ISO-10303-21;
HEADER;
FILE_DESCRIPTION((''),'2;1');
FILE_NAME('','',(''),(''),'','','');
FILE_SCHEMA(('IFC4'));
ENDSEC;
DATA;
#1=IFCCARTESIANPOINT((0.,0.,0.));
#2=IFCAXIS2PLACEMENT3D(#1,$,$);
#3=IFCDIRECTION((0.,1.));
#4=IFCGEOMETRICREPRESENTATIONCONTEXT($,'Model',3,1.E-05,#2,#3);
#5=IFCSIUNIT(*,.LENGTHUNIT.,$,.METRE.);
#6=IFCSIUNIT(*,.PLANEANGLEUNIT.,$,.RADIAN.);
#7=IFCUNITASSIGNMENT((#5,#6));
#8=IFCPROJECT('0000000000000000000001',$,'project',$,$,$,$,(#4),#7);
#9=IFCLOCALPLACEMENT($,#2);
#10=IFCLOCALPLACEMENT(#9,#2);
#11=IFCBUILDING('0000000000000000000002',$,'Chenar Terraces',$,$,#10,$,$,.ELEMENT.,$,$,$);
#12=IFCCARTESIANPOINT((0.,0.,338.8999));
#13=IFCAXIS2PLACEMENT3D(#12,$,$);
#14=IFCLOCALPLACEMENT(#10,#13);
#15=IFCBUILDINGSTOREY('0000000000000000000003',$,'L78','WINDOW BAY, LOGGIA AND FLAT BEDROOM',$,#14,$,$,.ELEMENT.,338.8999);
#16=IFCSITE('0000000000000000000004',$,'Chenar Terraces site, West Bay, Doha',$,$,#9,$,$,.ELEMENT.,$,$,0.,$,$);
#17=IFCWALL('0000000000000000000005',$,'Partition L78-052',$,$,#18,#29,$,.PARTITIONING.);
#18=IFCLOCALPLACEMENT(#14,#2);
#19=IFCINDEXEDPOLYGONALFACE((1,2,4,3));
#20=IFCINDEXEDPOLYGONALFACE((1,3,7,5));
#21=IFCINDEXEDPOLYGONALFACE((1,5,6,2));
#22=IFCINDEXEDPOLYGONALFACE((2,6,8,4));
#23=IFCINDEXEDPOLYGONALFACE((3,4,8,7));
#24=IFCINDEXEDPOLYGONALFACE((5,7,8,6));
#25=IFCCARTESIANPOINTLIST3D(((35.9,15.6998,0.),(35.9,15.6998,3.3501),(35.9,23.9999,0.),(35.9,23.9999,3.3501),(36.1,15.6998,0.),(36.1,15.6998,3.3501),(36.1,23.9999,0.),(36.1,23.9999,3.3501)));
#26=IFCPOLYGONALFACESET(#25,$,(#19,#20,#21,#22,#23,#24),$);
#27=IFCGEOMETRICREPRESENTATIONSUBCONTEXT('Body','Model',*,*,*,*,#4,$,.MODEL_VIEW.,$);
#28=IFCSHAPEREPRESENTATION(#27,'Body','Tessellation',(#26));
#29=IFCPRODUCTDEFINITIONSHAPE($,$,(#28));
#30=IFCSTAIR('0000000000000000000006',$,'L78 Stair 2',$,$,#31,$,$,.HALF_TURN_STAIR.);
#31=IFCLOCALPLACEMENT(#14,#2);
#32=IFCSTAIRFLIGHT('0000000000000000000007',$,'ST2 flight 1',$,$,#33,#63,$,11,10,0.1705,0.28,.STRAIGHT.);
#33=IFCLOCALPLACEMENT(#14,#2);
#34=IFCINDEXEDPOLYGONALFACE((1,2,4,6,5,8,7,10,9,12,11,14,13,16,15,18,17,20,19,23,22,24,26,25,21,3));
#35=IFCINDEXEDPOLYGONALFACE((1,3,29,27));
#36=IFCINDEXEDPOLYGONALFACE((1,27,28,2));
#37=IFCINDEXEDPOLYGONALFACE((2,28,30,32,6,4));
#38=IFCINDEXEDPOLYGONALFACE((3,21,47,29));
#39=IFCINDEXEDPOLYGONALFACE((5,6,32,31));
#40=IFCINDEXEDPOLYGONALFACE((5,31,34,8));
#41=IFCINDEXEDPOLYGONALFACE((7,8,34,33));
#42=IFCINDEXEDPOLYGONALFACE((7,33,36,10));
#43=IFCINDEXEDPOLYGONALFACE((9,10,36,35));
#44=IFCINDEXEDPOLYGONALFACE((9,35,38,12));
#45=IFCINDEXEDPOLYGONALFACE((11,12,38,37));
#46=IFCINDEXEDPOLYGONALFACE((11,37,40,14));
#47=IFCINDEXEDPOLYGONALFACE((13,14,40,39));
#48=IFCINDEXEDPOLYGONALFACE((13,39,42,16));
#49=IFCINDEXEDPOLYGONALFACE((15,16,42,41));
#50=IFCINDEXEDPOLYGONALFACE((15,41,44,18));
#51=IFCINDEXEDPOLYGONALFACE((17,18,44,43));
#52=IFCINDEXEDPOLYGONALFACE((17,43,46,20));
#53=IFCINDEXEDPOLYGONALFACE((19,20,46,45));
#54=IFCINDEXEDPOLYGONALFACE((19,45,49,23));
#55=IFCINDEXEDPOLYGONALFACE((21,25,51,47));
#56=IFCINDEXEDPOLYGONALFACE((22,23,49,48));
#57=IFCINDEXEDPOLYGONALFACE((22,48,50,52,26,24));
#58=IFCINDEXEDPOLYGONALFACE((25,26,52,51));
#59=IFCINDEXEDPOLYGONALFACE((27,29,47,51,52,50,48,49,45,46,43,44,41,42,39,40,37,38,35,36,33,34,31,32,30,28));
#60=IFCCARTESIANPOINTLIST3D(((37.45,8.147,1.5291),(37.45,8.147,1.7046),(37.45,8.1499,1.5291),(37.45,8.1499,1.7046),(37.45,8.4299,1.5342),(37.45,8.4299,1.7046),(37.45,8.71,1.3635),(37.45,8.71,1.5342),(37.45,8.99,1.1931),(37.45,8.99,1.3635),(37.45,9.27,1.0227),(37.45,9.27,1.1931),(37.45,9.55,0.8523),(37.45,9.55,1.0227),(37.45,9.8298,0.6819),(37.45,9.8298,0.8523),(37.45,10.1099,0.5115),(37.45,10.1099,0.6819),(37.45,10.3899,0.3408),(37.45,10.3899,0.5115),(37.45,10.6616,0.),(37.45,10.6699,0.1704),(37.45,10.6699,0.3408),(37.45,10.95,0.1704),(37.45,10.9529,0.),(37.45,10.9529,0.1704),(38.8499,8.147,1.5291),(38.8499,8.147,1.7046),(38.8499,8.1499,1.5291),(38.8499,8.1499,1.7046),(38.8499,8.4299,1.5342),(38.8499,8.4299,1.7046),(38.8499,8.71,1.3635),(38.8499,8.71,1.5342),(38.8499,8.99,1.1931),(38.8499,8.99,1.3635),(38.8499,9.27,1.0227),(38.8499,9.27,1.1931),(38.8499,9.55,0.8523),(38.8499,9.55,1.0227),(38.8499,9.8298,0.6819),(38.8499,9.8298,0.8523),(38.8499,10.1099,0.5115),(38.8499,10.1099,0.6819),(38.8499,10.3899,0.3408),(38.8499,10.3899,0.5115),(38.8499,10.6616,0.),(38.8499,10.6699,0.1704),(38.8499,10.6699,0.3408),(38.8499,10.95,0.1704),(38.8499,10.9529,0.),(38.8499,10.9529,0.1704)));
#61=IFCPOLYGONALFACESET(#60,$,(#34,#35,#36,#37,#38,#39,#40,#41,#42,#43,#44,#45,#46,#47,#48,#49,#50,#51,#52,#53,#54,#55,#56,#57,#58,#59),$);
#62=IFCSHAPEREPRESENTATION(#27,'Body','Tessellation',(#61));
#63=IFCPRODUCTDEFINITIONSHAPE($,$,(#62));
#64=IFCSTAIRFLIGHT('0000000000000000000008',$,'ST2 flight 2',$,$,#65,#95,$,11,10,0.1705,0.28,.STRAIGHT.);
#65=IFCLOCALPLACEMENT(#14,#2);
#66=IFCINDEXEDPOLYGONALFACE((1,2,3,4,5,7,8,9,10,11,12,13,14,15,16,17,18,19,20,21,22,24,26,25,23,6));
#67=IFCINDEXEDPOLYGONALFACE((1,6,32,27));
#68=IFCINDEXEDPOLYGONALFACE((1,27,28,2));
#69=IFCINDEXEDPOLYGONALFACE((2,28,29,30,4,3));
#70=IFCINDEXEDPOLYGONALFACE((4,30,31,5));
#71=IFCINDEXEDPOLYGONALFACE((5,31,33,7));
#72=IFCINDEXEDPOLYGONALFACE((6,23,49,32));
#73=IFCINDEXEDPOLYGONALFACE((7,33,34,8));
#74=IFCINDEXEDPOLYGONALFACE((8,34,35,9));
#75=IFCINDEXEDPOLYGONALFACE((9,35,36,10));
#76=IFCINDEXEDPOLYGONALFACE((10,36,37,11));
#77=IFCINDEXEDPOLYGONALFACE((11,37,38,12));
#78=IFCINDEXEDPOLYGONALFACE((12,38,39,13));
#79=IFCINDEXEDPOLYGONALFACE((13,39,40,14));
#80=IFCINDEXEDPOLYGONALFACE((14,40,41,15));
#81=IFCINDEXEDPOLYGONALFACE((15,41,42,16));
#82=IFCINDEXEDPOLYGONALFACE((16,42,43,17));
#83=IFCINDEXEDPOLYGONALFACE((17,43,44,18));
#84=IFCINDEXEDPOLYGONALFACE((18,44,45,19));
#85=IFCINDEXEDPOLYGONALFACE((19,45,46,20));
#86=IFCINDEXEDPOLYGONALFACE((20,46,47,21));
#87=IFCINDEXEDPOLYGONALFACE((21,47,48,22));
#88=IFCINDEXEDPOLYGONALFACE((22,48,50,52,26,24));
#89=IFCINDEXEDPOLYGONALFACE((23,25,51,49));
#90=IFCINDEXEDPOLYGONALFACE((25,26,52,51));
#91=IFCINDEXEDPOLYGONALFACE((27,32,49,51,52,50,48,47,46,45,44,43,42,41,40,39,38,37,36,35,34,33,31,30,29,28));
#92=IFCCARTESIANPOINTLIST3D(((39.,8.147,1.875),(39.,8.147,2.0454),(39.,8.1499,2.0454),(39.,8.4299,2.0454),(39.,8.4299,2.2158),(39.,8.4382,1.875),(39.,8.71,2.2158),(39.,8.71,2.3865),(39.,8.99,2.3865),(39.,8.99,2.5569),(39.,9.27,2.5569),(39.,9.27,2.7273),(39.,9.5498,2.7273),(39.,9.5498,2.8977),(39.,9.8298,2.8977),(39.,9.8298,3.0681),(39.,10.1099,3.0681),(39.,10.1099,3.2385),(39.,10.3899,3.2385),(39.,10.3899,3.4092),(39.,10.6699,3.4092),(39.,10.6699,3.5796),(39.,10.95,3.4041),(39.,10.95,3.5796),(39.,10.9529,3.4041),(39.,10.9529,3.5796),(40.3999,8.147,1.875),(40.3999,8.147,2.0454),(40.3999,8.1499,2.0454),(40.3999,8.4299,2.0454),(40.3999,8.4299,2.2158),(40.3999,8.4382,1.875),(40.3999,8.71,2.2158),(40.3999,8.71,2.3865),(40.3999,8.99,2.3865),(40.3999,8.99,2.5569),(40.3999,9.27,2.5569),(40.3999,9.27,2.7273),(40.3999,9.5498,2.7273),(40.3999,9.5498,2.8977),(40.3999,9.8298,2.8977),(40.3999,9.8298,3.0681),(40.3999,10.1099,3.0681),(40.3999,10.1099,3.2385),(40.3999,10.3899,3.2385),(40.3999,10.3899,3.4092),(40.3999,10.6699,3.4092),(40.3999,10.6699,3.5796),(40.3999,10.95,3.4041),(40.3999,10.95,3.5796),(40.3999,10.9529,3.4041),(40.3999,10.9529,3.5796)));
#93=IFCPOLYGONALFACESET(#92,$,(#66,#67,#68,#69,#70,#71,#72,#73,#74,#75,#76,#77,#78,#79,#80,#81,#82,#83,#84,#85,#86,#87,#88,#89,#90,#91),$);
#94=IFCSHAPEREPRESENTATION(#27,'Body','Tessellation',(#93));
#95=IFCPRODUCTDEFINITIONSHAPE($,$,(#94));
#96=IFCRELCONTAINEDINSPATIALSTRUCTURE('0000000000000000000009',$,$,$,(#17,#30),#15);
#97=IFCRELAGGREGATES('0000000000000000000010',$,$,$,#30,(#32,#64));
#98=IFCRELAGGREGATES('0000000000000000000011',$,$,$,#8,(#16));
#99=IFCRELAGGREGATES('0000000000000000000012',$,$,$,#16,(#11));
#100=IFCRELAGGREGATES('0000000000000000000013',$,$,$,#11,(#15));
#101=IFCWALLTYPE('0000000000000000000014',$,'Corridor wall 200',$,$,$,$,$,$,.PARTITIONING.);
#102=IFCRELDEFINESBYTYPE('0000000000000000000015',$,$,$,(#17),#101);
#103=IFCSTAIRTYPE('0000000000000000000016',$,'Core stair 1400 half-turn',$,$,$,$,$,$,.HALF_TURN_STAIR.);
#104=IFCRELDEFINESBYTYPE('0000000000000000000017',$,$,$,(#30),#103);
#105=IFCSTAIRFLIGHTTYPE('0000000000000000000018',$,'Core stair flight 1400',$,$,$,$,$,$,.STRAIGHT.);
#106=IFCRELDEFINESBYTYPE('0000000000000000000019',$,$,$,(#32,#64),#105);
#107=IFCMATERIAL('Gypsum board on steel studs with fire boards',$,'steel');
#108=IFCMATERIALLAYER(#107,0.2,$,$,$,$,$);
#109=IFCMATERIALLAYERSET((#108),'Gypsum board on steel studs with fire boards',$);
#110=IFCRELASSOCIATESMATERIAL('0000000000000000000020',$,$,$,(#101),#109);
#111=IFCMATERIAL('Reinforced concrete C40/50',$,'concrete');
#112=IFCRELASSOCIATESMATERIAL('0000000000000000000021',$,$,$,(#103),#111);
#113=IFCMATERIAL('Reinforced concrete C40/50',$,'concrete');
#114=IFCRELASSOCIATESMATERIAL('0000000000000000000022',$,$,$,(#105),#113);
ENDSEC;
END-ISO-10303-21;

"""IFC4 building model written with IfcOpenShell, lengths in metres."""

from ifc_helpers import new_model, si_unit, direction, frame, frame_2d, origin, place, context, subcontext, project, spatial, polyline, rectangle, outline, extrude, material, layer, layer_set, type_object, element, aggregate, save


model = new_model("IFC4")

# Units and contexts
model_context = context("Model", 3, precision=1e-05, world=origin(), true_north=direction((0.0, 1.0)))
body_context = subcontext(model_context, "Body", "Model", "MODEL_VIEW")
ifc_project = project(units=[si_unit("LENGTHUNIT", "METRE"), si_unit("PLANEANGLEUNIT", "RADIAN")], contexts=[model_context])

# Site, building, storey
site_placement = place(None, origin())
site = spatial("IfcSite", under=ifc_project, at=site_placement, Name="Chenar Terraces site, West Bay, Doha", CompositionType="ELEMENT", RefElevation=0.0)
building_placement = place(site_placement, origin())
building = spatial("IfcBuilding", under=site, at=building_placement, Name="Chenar Terraces", CompositionType="ELEMENT")
storey_placement = place(building_placement, frame((0.0, 0.0, 338.8999)))
storey = spatial("IfcBuildingStorey", under=building, at=storey_placement, Name="L78", Description="WINDOW BAY, LOGGIA AND FLAT BEDROOM", CompositionType="ELEMENT", Elevation=338.8999)

# Shared definitions
ifc_material_1 = material(Name="Gypsum board on steel studs with fire boards", Category="steel")
ifc_layer_1 = layer(ifc_material_1, 0.2)
ifc_layer_set_1 = layer_set([ifc_layer_1], Name="Gypsum board on steel studs with fire boards")
wall_type_1 = type_object("IfcWallType", Name="Corridor wall 200", PredefinedType="PARTITIONING", material=ifc_layer_set_1)

# Wall
wall_1_placement = place(storey_placement, frame((36.0, 15.7, 0.0), z_axis=(0.0, 0.0, 1.0), x_axis=(0.0, 1.0, 0.0)))
element("IfcWall", 1, at=wall_1_placement, inside=storey, type_object=wall_type_1, Name="Partition L78-052", PredefinedType="PARTITIONING", context=body_context, shape_type="SweptSolid", body=[
    extrude(rectangle(XDim=8.3, YDim=0.2, at=frame_2d((4.1499, 0.0))), origin(), (0.0, 0.0, 1.0), 3.3501),
])

# Stair, stair flights
ifc_material_2 = material(Name="Reinforced concrete C40/50", Category="concrete")
stair_type = type_object("IfcStairType", Name="Core stair 1400 half-turn", PredefinedType="HALF_TURN_STAIR", material=ifc_material_2)
stair_placement = place(storey_placement, origin())
stair = element("IfcStair", 2, at=stair_placement, inside=storey, type_object=stair_type, Name="L78 Stair 2", PredefinedType="HALF_TURN_STAIR")
ifc_material_3 = material(Name="Reinforced concrete C40/50", Category="concrete")
stair_flight_type = type_object("IfcStairFlightType", Name="Core stair flight 1400", PredefinedType="STRAIGHT", material=ifc_material_3)
stair_flight_1_placement = place(storey_placement, frame((38.1499, 10.95, 0.0), z_axis=(0.0, 0.0, 1.0), x_axis=(0.0, -1.0, 0.0)))
stair_flight_1 = element("IfcStairFlight", 3, at=stair_flight_1_placement, type_object=stair_flight_type, Name="ST2 flight 1", NumberOfRisers=11, NumberOfTreads=10, PredefinedType="STRAIGHT", RiserHeight=0.1705, TreadLength=0.28, context=body_context, shape_type="SweptSolid", body=[
    extrude(outline(polyline([(-0.0029, 0.0), (-0.0029, 0.1704), (0.0, 0.1704), (0.28, 0.1704), (0.28, 0.3408), (0.5601, 0.3408), (0.5601, 0.5115), (0.8401, 0.5115), (0.8401, 0.6819), (1.1201, 0.6819), (1.1201, 0.8523), (1.3999, 0.8523), (1.3999, 1.0227), (1.6799, 1.0227), (1.6799, 1.1931), (1.96, 1.1931), (1.96, 1.3635), (2.24, 1.3635), (2.24, 1.5342), (2.52, 1.5342), (2.52, 1.7046), (2.8, 1.7046), (2.803, 1.7046), (2.803, 1.5291), (2.8, 1.5291), (0.2883, 0.0), (-0.0029, 0.0)])), frame((0.0, 0.7, 0.0), z_axis=(0.0, -1.0, 0.0), x_axis=(1.0, 0.0, 0.0)), (0.0, 0.0, 1.0), 1.3999),
])
stair_flight_2_placement = place(storey_placement, frame((39.7, 8.1499, 1.875), z_axis=(0.0, 0.0, 1.0), x_axis=(0.0, 1.0, 0.0)))
stair_flight_2 = element("IfcStairFlight", 4, at=stair_flight_2_placement, type_object=stair_flight_type, Name="ST2 flight 2", NumberOfRisers=11, NumberOfTreads=10, PredefinedType="STRAIGHT", RiserHeight=0.1705, TreadLength=0.28, context=body_context, shape_type="SweptSolid", body=[
    extrude(outline(polyline([(-0.0029, 0.0), (-0.0029, 0.1704), (0.0, 0.1704), (0.28, 0.1704), (0.28, 0.3408), (0.5601, 0.3408), (0.5601, 0.5115), (0.8401, 0.5115), (0.8401, 0.6819), (1.1201, 0.6819), (1.1201, 0.8523), (1.3999, 0.8523), (1.3999, 1.0227), (1.6799, 1.0227), (1.6799, 1.1931), (1.96, 1.1931), (1.96, 1.3635), (2.24, 1.3635), (2.24, 1.5342), (2.52, 1.5342), (2.52, 1.7046), (2.8, 1.7046), (2.803, 1.7046), (2.803, 1.5291), (2.8, 1.5291), (0.2883, 0.0), (-0.0029, 0.0)])), frame((0.0, 0.7, 0.0), z_axis=(0.0, -1.0, 0.0), x_axis=(1.0, 0.0, 0.0)), (0.0, 0.0, 1.0), 1.3999),
])
aggregate(stair, [stair_flight_1, stair_flight_2])

save(model, "model.ifc")
